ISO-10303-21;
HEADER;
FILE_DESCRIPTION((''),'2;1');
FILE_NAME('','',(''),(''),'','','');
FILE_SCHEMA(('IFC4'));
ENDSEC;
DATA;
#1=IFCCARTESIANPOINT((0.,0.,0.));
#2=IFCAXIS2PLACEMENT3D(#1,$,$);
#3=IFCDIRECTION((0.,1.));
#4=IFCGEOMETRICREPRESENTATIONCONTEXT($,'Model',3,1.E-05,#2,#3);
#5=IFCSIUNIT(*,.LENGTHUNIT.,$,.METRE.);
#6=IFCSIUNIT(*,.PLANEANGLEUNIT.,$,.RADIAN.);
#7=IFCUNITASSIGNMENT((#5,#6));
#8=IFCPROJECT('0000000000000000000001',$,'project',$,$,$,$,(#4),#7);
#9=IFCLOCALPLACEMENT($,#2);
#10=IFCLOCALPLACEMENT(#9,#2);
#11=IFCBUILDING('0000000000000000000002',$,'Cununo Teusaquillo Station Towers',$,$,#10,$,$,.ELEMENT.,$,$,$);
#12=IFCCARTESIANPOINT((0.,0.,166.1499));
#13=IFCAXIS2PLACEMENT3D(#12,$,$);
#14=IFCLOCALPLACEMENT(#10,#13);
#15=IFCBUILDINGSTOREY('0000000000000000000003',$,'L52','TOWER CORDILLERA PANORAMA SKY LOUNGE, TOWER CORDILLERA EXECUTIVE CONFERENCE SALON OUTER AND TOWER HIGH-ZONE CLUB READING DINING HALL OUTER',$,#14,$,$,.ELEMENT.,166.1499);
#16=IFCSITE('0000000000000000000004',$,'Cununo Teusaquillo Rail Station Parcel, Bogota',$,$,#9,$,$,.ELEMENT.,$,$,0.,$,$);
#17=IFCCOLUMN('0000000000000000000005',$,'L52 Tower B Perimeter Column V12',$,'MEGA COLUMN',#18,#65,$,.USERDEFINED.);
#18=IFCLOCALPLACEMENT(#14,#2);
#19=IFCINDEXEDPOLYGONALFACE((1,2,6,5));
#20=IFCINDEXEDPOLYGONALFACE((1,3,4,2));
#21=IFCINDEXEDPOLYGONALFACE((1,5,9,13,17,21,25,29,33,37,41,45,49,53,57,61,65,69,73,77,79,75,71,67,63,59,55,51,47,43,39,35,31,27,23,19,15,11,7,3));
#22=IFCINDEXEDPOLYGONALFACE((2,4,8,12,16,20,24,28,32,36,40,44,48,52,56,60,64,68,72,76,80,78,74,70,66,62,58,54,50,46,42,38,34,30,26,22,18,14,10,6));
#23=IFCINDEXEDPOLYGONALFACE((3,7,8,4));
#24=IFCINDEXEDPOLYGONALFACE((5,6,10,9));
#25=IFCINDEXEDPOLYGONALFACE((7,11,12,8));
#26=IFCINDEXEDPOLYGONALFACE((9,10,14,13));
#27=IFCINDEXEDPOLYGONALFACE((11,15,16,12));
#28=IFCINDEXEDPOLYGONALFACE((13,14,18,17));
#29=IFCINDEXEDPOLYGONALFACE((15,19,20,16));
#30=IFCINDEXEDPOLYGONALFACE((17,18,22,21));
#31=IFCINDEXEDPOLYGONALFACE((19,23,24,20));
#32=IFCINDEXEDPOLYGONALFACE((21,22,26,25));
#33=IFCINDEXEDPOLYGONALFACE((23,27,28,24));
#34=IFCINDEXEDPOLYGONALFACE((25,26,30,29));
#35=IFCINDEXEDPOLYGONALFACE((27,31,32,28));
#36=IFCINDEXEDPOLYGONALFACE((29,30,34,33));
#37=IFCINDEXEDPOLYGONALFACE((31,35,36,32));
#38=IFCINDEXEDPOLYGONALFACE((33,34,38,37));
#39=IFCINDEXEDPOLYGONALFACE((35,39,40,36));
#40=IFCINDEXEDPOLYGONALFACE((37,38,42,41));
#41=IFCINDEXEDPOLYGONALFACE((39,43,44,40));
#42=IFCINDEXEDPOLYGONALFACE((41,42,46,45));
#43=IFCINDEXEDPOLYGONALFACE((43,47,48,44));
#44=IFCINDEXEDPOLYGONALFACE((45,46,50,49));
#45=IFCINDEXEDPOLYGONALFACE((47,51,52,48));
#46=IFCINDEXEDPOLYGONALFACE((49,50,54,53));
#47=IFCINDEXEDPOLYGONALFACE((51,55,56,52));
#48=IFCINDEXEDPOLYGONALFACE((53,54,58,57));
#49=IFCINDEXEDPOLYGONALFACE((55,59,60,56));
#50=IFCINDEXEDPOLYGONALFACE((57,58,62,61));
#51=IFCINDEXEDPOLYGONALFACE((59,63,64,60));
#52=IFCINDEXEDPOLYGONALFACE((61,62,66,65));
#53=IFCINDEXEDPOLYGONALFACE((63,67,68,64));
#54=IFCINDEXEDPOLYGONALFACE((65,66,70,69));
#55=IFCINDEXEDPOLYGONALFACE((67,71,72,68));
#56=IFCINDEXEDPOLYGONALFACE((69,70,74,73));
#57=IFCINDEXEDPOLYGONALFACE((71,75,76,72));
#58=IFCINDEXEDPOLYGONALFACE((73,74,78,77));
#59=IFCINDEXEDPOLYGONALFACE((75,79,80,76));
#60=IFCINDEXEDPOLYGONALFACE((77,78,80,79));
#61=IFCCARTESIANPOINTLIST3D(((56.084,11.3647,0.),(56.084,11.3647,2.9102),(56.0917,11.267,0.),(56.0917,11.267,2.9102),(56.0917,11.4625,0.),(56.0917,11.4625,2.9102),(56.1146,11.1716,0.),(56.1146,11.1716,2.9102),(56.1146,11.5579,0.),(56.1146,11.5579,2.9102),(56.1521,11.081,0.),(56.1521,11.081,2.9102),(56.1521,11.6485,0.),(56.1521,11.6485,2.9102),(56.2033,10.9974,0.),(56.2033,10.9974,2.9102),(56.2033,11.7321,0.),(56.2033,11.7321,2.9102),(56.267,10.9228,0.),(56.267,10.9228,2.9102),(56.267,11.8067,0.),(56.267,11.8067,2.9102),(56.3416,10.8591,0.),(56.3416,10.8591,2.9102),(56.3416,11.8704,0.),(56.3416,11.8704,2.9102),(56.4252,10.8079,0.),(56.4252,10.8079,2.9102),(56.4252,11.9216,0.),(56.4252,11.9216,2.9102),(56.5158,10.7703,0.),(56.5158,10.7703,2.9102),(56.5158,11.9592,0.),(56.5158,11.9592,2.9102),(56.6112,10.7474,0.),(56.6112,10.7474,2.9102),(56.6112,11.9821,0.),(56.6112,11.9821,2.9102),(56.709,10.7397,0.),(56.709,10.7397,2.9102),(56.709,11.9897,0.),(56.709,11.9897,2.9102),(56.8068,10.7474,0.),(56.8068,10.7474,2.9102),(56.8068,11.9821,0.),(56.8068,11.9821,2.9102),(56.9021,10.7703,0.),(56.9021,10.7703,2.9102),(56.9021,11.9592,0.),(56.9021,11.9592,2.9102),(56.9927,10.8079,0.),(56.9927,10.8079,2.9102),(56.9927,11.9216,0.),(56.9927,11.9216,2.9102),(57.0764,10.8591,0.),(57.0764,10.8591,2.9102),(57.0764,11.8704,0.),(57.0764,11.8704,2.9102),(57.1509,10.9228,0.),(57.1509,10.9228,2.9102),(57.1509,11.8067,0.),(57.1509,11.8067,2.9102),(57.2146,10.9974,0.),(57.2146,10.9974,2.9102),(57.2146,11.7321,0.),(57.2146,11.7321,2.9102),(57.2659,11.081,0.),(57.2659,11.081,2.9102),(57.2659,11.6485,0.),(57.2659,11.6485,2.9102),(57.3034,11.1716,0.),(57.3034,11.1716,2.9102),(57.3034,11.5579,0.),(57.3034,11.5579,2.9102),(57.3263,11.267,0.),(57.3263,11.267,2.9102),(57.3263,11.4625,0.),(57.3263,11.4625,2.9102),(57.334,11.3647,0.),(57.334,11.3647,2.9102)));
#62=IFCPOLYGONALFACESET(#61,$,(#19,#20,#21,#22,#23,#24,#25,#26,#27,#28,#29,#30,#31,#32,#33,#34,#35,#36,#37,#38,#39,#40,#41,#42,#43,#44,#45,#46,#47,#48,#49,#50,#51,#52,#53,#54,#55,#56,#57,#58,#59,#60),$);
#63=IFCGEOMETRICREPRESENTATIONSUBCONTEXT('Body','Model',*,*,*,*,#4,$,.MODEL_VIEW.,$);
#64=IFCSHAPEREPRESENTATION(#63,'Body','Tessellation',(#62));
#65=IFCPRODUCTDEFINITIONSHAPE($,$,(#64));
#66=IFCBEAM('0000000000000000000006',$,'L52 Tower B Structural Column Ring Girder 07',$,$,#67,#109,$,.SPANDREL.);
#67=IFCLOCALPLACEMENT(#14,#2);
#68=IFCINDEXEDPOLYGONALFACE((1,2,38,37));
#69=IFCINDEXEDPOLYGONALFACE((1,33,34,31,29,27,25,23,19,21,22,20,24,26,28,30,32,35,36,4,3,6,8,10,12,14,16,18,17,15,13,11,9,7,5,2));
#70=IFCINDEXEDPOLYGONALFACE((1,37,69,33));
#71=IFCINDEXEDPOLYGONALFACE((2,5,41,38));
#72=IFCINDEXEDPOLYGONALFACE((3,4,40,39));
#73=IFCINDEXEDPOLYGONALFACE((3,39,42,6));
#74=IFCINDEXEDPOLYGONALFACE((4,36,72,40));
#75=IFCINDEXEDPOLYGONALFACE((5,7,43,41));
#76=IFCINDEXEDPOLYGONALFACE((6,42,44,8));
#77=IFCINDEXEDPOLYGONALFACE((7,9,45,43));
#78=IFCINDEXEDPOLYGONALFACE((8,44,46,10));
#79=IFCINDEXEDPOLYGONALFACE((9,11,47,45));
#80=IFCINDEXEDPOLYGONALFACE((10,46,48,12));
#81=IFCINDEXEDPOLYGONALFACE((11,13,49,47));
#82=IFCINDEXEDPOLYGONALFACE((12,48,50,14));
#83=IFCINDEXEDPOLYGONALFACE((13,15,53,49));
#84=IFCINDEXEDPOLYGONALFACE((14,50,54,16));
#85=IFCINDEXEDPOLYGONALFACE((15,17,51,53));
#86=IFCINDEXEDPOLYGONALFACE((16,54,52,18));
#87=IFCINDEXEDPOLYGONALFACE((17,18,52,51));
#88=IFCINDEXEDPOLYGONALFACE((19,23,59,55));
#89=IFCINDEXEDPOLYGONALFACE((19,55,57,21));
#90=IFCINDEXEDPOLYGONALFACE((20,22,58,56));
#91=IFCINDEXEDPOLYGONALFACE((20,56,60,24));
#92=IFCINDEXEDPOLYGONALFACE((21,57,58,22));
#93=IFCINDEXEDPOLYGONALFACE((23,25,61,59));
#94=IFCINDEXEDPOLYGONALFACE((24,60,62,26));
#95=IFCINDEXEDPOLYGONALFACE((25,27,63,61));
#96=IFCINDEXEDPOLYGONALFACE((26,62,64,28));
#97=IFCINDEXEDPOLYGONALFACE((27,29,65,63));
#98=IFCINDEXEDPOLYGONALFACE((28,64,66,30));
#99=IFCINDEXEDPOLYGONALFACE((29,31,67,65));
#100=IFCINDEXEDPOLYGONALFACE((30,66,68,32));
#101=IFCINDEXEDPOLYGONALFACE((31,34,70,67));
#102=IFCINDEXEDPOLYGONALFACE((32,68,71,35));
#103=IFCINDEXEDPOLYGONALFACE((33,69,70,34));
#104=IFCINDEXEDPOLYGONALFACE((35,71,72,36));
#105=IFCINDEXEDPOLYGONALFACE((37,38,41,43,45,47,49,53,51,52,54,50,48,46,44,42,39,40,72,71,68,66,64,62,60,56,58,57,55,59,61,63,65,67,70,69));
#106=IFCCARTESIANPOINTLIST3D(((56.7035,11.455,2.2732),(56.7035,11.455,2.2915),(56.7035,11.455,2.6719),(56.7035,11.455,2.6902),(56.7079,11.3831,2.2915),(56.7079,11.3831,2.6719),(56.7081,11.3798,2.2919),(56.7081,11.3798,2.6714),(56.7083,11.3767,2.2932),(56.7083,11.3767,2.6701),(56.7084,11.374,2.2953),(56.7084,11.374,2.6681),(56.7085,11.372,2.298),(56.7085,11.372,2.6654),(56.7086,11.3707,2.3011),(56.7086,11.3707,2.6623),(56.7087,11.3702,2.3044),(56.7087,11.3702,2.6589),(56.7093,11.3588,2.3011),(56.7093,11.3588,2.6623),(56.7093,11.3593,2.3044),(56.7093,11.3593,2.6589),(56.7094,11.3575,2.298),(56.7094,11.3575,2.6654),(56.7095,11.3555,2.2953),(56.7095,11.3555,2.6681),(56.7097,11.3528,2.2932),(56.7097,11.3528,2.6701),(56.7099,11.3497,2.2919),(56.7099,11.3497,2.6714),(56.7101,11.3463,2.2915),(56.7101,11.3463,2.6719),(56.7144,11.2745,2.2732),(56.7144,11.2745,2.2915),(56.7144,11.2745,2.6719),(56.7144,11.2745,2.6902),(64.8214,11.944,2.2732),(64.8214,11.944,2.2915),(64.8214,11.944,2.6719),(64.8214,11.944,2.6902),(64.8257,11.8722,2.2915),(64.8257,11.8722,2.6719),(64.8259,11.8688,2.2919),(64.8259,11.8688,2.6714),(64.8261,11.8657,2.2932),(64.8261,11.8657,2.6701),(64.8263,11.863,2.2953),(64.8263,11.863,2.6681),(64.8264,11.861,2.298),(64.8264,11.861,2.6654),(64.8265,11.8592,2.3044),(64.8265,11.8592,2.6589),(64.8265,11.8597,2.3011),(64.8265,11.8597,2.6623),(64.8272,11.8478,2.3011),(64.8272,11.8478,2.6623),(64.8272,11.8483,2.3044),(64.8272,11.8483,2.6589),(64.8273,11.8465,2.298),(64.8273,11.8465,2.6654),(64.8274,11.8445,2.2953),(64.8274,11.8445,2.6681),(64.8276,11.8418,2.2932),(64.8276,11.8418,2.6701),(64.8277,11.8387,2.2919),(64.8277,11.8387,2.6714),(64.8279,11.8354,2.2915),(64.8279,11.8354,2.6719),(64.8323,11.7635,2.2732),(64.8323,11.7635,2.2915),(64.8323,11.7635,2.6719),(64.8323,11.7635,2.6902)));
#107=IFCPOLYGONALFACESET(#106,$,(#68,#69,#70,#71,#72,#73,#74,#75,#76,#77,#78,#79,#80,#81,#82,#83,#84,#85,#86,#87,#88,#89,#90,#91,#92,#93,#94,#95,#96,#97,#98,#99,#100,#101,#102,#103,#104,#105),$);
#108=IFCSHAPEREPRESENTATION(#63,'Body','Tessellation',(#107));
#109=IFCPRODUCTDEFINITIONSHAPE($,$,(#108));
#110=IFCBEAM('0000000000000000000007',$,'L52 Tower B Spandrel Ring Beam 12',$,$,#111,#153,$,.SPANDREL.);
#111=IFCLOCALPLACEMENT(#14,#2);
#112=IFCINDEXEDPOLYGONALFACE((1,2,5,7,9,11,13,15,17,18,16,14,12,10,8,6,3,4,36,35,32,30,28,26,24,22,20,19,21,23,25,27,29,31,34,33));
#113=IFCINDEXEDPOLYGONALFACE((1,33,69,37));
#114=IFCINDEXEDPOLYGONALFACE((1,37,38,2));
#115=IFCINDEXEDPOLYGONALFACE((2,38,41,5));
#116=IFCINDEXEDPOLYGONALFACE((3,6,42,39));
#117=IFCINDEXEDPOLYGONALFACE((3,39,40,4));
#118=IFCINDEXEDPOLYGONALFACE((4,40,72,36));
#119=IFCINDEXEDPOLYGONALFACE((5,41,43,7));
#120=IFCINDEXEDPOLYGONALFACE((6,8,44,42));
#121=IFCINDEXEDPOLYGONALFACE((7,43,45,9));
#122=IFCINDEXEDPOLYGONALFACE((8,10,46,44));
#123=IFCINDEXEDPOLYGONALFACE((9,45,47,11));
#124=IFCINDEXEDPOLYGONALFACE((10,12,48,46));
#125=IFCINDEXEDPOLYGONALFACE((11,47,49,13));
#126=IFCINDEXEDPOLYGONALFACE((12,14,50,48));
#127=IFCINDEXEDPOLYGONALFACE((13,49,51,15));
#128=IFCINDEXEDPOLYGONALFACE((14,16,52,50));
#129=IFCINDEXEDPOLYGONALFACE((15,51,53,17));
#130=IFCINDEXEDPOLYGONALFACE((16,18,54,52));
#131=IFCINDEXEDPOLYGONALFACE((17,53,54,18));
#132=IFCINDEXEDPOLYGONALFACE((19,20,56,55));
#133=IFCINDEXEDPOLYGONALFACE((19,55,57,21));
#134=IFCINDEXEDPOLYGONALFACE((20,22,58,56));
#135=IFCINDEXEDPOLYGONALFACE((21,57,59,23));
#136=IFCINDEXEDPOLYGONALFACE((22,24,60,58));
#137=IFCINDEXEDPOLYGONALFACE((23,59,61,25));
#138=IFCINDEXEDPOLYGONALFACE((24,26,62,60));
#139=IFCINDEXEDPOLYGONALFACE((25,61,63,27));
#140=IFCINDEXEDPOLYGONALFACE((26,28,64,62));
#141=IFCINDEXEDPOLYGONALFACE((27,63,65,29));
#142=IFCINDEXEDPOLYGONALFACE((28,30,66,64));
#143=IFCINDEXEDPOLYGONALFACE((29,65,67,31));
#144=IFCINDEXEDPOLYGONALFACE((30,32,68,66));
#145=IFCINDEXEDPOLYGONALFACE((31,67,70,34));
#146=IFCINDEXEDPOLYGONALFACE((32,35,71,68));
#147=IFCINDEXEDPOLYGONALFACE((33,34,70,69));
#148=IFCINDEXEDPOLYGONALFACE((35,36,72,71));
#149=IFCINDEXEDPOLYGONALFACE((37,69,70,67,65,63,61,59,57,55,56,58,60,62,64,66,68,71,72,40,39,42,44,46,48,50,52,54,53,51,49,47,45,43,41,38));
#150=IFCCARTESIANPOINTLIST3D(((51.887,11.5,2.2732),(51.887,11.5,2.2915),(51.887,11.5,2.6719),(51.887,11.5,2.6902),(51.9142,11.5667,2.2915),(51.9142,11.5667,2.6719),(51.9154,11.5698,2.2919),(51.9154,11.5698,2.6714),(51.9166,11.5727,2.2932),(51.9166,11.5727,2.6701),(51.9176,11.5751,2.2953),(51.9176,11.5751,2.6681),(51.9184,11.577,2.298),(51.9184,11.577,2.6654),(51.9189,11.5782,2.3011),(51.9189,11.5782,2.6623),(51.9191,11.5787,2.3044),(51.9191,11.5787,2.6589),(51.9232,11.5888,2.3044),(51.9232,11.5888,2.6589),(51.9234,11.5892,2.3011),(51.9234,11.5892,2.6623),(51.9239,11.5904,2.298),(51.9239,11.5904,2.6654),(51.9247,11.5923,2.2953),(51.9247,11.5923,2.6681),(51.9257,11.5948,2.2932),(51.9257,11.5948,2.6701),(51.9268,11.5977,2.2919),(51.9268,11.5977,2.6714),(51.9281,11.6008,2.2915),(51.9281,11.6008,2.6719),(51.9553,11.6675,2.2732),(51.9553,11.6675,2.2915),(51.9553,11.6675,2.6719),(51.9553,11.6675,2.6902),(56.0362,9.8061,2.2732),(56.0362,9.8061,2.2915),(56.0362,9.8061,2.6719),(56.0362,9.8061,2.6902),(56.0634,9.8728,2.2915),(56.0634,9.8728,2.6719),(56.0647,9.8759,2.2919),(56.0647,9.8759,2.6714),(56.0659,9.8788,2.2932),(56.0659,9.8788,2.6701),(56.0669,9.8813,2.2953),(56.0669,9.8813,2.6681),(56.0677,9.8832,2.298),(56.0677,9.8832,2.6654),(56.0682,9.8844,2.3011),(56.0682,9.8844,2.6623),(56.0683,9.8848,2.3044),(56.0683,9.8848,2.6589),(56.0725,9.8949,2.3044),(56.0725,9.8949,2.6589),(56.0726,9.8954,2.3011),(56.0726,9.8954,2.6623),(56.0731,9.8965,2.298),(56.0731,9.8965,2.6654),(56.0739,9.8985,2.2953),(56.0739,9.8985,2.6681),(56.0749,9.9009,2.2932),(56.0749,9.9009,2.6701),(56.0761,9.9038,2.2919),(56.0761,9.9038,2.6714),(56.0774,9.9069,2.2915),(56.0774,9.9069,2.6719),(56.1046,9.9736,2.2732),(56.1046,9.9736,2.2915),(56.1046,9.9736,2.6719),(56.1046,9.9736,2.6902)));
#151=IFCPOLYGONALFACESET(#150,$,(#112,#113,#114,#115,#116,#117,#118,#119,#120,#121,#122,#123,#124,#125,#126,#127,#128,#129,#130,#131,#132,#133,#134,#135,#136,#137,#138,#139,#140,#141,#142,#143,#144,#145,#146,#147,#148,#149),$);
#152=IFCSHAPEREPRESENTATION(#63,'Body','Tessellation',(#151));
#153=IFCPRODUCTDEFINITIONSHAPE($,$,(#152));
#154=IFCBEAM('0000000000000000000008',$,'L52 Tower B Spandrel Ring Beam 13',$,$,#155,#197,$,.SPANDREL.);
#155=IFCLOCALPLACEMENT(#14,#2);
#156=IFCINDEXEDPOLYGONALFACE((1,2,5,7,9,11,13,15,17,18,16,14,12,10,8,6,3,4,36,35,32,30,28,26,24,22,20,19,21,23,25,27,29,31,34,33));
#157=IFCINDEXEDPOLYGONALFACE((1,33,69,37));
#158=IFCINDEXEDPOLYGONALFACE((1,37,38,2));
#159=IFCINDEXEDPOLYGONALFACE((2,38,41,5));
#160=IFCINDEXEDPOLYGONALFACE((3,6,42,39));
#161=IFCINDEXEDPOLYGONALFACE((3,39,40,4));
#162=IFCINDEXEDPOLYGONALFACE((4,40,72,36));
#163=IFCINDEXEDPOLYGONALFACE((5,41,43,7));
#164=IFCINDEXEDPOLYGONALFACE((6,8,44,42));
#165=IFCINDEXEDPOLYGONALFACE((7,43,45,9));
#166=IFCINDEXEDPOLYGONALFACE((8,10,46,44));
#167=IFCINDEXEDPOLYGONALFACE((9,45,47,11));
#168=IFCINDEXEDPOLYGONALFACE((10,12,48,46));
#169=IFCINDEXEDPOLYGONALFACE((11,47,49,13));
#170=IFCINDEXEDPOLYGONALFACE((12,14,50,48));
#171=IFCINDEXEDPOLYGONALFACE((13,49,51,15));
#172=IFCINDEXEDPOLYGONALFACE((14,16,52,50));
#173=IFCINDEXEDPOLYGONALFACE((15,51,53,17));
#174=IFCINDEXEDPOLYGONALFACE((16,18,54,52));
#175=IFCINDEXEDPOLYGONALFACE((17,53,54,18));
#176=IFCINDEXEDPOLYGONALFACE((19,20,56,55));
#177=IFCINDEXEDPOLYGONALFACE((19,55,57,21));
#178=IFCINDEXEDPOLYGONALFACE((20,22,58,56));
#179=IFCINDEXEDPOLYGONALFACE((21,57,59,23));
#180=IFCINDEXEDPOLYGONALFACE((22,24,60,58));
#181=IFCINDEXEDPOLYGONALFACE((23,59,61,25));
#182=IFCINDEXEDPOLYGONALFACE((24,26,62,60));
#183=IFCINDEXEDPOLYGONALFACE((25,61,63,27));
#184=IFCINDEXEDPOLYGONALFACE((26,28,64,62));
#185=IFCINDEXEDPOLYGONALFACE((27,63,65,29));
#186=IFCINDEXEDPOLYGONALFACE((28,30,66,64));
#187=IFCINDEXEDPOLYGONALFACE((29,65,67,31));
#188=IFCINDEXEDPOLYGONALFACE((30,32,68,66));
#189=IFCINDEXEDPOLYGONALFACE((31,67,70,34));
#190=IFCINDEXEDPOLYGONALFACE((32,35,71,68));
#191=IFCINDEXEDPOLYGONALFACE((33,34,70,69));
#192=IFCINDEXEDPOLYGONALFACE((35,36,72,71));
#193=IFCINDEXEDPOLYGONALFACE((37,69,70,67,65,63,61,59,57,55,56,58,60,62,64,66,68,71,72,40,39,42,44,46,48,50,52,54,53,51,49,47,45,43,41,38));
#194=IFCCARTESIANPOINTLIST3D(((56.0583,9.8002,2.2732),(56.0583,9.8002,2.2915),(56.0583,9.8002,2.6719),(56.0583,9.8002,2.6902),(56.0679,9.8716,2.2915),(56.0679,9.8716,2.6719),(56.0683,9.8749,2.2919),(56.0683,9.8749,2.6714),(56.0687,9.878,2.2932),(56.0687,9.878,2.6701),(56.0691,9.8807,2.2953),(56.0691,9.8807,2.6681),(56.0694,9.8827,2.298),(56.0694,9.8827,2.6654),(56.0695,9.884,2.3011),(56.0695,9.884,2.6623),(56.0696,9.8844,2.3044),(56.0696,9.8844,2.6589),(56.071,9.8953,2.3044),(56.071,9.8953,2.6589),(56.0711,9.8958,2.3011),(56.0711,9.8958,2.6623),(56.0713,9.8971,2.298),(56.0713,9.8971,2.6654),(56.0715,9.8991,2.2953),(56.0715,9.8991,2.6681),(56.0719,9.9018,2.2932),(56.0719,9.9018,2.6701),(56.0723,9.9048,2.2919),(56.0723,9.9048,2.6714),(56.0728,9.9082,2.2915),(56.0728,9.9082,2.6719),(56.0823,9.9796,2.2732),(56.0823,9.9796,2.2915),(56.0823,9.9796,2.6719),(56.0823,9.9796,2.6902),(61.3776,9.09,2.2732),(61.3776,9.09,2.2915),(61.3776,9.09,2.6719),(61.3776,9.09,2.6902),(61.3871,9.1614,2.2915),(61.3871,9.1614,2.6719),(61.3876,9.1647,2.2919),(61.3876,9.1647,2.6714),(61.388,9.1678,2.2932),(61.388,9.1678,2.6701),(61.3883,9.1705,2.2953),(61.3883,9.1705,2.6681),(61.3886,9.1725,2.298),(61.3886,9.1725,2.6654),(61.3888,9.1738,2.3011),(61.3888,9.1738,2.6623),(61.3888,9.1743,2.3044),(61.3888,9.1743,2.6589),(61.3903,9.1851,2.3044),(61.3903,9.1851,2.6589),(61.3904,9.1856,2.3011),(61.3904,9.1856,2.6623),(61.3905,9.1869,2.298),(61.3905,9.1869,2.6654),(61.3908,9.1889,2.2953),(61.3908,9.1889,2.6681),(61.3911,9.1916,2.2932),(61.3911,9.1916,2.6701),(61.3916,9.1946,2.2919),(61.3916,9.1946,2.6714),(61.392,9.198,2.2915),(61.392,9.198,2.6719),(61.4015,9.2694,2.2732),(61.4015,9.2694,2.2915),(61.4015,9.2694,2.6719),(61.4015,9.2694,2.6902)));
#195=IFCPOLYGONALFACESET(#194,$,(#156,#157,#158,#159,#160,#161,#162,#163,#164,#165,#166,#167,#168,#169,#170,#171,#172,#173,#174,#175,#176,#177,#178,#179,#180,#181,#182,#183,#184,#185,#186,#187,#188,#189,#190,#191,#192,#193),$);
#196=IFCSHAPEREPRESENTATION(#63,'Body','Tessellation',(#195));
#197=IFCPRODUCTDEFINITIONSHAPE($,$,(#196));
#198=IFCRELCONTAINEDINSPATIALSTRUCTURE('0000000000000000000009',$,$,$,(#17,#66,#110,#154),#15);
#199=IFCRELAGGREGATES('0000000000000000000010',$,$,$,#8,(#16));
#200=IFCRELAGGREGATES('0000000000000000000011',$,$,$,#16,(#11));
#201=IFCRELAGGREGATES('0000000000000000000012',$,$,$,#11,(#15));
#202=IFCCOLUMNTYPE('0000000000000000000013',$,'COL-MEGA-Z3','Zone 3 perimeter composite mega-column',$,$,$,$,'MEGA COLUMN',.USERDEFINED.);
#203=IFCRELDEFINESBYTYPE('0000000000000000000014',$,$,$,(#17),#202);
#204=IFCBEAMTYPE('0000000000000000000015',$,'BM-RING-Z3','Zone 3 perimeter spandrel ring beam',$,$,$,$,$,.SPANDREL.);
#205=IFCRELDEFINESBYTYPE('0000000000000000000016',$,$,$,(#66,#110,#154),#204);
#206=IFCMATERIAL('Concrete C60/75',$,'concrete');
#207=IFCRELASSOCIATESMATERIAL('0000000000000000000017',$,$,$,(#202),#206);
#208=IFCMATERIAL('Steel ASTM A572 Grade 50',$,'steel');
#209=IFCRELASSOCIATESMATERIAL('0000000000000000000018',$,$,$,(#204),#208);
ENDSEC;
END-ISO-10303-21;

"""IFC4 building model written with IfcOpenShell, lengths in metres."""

from ifc_helpers import new_model, si_unit, direction, frame, origin, origin_2d, place, context, subcontext, project, spatial, circle, i_section, extrude, material, material_profile, profile_set, type_object, element, save


model = new_model("IFC4")

# Units and contexts
model_context = context("Model", 3, precision=1e-05, world=origin(), true_north=direction((0.0, 1.0)))
body_context = subcontext(model_context, "Body", "Model", "MODEL_VIEW")
ifc_project = project(units=[si_unit("LENGTHUNIT", "METRE"), si_unit("PLANEANGLEUNIT", "RADIAN")], contexts=[model_context])

# Site, building, storey
site_placement = place(None, origin())
site = spatial("IfcSite", under=ifc_project, at=site_placement, Name="Cununo Teusaquillo Rail Station Parcel, Bogota", CompositionType="ELEMENT", RefElevation=0.0)
building_placement = place(site_placement, origin())
building = spatial("IfcBuilding", under=site, at=building_placement, Name="Cununo Teusaquillo Station Towers", CompositionType="ELEMENT")
storey_placement = place(building_placement, frame((0.0, 0.0, 166.1499)))
storey = spatial("IfcBuildingStorey", under=building, at=storey_placement, Name="L52", Description="TOWER CORDILLERA PANORAMA SKY LOUNGE, TOWER CORDILLERA EXECUTIVE CONFERENCE SALON OUTER AND TOWER HIGH-ZONE CLUB READING DINING HALL OUTER", CompositionType="ELEMENT", Elevation=166.1499)

# Column
ifc_material_1 = material(Name="Concrete C60/75", Category="concrete")
ifc_material_profile_1 = material_profile(ifc_material_1, circle(Radius=0.625, at=origin_2d()), Name="RC-CIRC-1250")
ifc_profile_set_1 = profile_set([ifc_material_profile_1], Name="Concrete C60/75")
column_type = type_object("IfcColumnType", Name="COL-MEGA-Z3", Description="Zone 3 perimeter composite mega-column", ElementType="MEGA COLUMN", PredefinedType="USERDEFINED", material=ifc_profile_set_1)
column_placement = place(storey_placement, frame((56.709, 11.3647, 0.0), z_axis=(0.0, 0.0, 1.0), x_axis=(1.0, 0.0, 0.0)))
element("IfcColumn", 1, at=column_placement, inside=storey, type_object=column_type, Name="L52 Tower B Perimeter Column V12", ObjectType="MEGA COLUMN", PredefinedType="USERDEFINED", context=body_context, shape_type="SweptSolid", body=[
    extrude(circle(Radius=0.625, at=origin_2d()), origin(), (0.0, 0.0, 1.0), 2.9102),
])

# Beams
ifc_material_2 = material(Name="Steel ASTM A572 Grade 50", Category="steel")
ifc_material_profile_2 = material_profile(ifc_material_2, i_section(OverallWidth=0.1809, OverallDepth=0.417, WebThickness=0.011, FlangeThickness=0.0183, FilletRadius=0.0129, at=origin_2d()), Name="W16X57")
ifc_profile_set_2 = profile_set([ifc_material_profile_2], Name="Steel ASTM A572 Grade 50")
beam_type = type_object("IfcBeamType", Name="BM-RING-Z3", Description="Zone 3 perimeter spandrel ring beam", PredefinedType="SPANDREL", material=ifc_profile_set_2)
beam_1_placement = place(storey_placement, frame((56.709, 11.3647, 2.4817), z_axis=(0.998191, 0.06013, 0.0), x_axis=(-0.06013, 0.998191, 0.0)))
element("IfcBeam", 2, at=beam_1_placement, inside=storey, type_object=beam_type, Name="L52 Tower B Structural Column Ring Girder 07", PredefinedType="SPANDREL", context=body_context, shape_type="SweptSolid", body=[
    extrude(i_section(OverallWidth=0.1809, OverallDepth=0.417, WebThickness=0.011, FlangeThickness=0.0183, FilletRadius=0.0129, at=origin_2d()), origin(), (0.0, 0.0, 1.0), 8.1326),
])
beam_2_placement = place(storey_placement, frame((51.9211, 11.5837, 2.4817), z_axis=(0.925824, -0.377956, 0.0), x_axis=(0.377956, 0.925824, 0.0)))
element("IfcBeam", 3, at=beam_2_placement, inside=storey, type_object=beam_type, Name="L52 Tower B Spandrel Ring Beam 12", PredefinedType="SPANDREL", context=body_context, shape_type="SweptSolid", body=[
    extrude(i_section(OverallWidth=0.1809, OverallDepth=0.417, WebThickness=0.011, FlangeThickness=0.0183, FilletRadius=0.0129, at=origin_2d()), origin(), (0.0, 0.0, 1.0), 4.4817),
])
beam_3_placement = place(storey_placement, frame((56.0703, 9.8899, 2.4817), z_axis=(0.991204, -0.13234, 0.0), x_axis=(0.13234, 0.991204, 0.0)))
element("IfcBeam", 4, at=beam_3_placement, inside=storey, type_object=beam_type, Name="L52 Tower B Spandrel Ring Beam 13", PredefinedType="SPANDREL", context=body_context, shape_type="SweptSolid", body=[
    extrude(i_section(OverallWidth=0.1809, OverallDepth=0.417, WebThickness=0.011, FlangeThickness=0.0183, FilletRadius=0.0129, at=origin_2d()), origin(), (0.0, 0.0, 1.0), 5.3665),
])

save(model, "model.ifc")
